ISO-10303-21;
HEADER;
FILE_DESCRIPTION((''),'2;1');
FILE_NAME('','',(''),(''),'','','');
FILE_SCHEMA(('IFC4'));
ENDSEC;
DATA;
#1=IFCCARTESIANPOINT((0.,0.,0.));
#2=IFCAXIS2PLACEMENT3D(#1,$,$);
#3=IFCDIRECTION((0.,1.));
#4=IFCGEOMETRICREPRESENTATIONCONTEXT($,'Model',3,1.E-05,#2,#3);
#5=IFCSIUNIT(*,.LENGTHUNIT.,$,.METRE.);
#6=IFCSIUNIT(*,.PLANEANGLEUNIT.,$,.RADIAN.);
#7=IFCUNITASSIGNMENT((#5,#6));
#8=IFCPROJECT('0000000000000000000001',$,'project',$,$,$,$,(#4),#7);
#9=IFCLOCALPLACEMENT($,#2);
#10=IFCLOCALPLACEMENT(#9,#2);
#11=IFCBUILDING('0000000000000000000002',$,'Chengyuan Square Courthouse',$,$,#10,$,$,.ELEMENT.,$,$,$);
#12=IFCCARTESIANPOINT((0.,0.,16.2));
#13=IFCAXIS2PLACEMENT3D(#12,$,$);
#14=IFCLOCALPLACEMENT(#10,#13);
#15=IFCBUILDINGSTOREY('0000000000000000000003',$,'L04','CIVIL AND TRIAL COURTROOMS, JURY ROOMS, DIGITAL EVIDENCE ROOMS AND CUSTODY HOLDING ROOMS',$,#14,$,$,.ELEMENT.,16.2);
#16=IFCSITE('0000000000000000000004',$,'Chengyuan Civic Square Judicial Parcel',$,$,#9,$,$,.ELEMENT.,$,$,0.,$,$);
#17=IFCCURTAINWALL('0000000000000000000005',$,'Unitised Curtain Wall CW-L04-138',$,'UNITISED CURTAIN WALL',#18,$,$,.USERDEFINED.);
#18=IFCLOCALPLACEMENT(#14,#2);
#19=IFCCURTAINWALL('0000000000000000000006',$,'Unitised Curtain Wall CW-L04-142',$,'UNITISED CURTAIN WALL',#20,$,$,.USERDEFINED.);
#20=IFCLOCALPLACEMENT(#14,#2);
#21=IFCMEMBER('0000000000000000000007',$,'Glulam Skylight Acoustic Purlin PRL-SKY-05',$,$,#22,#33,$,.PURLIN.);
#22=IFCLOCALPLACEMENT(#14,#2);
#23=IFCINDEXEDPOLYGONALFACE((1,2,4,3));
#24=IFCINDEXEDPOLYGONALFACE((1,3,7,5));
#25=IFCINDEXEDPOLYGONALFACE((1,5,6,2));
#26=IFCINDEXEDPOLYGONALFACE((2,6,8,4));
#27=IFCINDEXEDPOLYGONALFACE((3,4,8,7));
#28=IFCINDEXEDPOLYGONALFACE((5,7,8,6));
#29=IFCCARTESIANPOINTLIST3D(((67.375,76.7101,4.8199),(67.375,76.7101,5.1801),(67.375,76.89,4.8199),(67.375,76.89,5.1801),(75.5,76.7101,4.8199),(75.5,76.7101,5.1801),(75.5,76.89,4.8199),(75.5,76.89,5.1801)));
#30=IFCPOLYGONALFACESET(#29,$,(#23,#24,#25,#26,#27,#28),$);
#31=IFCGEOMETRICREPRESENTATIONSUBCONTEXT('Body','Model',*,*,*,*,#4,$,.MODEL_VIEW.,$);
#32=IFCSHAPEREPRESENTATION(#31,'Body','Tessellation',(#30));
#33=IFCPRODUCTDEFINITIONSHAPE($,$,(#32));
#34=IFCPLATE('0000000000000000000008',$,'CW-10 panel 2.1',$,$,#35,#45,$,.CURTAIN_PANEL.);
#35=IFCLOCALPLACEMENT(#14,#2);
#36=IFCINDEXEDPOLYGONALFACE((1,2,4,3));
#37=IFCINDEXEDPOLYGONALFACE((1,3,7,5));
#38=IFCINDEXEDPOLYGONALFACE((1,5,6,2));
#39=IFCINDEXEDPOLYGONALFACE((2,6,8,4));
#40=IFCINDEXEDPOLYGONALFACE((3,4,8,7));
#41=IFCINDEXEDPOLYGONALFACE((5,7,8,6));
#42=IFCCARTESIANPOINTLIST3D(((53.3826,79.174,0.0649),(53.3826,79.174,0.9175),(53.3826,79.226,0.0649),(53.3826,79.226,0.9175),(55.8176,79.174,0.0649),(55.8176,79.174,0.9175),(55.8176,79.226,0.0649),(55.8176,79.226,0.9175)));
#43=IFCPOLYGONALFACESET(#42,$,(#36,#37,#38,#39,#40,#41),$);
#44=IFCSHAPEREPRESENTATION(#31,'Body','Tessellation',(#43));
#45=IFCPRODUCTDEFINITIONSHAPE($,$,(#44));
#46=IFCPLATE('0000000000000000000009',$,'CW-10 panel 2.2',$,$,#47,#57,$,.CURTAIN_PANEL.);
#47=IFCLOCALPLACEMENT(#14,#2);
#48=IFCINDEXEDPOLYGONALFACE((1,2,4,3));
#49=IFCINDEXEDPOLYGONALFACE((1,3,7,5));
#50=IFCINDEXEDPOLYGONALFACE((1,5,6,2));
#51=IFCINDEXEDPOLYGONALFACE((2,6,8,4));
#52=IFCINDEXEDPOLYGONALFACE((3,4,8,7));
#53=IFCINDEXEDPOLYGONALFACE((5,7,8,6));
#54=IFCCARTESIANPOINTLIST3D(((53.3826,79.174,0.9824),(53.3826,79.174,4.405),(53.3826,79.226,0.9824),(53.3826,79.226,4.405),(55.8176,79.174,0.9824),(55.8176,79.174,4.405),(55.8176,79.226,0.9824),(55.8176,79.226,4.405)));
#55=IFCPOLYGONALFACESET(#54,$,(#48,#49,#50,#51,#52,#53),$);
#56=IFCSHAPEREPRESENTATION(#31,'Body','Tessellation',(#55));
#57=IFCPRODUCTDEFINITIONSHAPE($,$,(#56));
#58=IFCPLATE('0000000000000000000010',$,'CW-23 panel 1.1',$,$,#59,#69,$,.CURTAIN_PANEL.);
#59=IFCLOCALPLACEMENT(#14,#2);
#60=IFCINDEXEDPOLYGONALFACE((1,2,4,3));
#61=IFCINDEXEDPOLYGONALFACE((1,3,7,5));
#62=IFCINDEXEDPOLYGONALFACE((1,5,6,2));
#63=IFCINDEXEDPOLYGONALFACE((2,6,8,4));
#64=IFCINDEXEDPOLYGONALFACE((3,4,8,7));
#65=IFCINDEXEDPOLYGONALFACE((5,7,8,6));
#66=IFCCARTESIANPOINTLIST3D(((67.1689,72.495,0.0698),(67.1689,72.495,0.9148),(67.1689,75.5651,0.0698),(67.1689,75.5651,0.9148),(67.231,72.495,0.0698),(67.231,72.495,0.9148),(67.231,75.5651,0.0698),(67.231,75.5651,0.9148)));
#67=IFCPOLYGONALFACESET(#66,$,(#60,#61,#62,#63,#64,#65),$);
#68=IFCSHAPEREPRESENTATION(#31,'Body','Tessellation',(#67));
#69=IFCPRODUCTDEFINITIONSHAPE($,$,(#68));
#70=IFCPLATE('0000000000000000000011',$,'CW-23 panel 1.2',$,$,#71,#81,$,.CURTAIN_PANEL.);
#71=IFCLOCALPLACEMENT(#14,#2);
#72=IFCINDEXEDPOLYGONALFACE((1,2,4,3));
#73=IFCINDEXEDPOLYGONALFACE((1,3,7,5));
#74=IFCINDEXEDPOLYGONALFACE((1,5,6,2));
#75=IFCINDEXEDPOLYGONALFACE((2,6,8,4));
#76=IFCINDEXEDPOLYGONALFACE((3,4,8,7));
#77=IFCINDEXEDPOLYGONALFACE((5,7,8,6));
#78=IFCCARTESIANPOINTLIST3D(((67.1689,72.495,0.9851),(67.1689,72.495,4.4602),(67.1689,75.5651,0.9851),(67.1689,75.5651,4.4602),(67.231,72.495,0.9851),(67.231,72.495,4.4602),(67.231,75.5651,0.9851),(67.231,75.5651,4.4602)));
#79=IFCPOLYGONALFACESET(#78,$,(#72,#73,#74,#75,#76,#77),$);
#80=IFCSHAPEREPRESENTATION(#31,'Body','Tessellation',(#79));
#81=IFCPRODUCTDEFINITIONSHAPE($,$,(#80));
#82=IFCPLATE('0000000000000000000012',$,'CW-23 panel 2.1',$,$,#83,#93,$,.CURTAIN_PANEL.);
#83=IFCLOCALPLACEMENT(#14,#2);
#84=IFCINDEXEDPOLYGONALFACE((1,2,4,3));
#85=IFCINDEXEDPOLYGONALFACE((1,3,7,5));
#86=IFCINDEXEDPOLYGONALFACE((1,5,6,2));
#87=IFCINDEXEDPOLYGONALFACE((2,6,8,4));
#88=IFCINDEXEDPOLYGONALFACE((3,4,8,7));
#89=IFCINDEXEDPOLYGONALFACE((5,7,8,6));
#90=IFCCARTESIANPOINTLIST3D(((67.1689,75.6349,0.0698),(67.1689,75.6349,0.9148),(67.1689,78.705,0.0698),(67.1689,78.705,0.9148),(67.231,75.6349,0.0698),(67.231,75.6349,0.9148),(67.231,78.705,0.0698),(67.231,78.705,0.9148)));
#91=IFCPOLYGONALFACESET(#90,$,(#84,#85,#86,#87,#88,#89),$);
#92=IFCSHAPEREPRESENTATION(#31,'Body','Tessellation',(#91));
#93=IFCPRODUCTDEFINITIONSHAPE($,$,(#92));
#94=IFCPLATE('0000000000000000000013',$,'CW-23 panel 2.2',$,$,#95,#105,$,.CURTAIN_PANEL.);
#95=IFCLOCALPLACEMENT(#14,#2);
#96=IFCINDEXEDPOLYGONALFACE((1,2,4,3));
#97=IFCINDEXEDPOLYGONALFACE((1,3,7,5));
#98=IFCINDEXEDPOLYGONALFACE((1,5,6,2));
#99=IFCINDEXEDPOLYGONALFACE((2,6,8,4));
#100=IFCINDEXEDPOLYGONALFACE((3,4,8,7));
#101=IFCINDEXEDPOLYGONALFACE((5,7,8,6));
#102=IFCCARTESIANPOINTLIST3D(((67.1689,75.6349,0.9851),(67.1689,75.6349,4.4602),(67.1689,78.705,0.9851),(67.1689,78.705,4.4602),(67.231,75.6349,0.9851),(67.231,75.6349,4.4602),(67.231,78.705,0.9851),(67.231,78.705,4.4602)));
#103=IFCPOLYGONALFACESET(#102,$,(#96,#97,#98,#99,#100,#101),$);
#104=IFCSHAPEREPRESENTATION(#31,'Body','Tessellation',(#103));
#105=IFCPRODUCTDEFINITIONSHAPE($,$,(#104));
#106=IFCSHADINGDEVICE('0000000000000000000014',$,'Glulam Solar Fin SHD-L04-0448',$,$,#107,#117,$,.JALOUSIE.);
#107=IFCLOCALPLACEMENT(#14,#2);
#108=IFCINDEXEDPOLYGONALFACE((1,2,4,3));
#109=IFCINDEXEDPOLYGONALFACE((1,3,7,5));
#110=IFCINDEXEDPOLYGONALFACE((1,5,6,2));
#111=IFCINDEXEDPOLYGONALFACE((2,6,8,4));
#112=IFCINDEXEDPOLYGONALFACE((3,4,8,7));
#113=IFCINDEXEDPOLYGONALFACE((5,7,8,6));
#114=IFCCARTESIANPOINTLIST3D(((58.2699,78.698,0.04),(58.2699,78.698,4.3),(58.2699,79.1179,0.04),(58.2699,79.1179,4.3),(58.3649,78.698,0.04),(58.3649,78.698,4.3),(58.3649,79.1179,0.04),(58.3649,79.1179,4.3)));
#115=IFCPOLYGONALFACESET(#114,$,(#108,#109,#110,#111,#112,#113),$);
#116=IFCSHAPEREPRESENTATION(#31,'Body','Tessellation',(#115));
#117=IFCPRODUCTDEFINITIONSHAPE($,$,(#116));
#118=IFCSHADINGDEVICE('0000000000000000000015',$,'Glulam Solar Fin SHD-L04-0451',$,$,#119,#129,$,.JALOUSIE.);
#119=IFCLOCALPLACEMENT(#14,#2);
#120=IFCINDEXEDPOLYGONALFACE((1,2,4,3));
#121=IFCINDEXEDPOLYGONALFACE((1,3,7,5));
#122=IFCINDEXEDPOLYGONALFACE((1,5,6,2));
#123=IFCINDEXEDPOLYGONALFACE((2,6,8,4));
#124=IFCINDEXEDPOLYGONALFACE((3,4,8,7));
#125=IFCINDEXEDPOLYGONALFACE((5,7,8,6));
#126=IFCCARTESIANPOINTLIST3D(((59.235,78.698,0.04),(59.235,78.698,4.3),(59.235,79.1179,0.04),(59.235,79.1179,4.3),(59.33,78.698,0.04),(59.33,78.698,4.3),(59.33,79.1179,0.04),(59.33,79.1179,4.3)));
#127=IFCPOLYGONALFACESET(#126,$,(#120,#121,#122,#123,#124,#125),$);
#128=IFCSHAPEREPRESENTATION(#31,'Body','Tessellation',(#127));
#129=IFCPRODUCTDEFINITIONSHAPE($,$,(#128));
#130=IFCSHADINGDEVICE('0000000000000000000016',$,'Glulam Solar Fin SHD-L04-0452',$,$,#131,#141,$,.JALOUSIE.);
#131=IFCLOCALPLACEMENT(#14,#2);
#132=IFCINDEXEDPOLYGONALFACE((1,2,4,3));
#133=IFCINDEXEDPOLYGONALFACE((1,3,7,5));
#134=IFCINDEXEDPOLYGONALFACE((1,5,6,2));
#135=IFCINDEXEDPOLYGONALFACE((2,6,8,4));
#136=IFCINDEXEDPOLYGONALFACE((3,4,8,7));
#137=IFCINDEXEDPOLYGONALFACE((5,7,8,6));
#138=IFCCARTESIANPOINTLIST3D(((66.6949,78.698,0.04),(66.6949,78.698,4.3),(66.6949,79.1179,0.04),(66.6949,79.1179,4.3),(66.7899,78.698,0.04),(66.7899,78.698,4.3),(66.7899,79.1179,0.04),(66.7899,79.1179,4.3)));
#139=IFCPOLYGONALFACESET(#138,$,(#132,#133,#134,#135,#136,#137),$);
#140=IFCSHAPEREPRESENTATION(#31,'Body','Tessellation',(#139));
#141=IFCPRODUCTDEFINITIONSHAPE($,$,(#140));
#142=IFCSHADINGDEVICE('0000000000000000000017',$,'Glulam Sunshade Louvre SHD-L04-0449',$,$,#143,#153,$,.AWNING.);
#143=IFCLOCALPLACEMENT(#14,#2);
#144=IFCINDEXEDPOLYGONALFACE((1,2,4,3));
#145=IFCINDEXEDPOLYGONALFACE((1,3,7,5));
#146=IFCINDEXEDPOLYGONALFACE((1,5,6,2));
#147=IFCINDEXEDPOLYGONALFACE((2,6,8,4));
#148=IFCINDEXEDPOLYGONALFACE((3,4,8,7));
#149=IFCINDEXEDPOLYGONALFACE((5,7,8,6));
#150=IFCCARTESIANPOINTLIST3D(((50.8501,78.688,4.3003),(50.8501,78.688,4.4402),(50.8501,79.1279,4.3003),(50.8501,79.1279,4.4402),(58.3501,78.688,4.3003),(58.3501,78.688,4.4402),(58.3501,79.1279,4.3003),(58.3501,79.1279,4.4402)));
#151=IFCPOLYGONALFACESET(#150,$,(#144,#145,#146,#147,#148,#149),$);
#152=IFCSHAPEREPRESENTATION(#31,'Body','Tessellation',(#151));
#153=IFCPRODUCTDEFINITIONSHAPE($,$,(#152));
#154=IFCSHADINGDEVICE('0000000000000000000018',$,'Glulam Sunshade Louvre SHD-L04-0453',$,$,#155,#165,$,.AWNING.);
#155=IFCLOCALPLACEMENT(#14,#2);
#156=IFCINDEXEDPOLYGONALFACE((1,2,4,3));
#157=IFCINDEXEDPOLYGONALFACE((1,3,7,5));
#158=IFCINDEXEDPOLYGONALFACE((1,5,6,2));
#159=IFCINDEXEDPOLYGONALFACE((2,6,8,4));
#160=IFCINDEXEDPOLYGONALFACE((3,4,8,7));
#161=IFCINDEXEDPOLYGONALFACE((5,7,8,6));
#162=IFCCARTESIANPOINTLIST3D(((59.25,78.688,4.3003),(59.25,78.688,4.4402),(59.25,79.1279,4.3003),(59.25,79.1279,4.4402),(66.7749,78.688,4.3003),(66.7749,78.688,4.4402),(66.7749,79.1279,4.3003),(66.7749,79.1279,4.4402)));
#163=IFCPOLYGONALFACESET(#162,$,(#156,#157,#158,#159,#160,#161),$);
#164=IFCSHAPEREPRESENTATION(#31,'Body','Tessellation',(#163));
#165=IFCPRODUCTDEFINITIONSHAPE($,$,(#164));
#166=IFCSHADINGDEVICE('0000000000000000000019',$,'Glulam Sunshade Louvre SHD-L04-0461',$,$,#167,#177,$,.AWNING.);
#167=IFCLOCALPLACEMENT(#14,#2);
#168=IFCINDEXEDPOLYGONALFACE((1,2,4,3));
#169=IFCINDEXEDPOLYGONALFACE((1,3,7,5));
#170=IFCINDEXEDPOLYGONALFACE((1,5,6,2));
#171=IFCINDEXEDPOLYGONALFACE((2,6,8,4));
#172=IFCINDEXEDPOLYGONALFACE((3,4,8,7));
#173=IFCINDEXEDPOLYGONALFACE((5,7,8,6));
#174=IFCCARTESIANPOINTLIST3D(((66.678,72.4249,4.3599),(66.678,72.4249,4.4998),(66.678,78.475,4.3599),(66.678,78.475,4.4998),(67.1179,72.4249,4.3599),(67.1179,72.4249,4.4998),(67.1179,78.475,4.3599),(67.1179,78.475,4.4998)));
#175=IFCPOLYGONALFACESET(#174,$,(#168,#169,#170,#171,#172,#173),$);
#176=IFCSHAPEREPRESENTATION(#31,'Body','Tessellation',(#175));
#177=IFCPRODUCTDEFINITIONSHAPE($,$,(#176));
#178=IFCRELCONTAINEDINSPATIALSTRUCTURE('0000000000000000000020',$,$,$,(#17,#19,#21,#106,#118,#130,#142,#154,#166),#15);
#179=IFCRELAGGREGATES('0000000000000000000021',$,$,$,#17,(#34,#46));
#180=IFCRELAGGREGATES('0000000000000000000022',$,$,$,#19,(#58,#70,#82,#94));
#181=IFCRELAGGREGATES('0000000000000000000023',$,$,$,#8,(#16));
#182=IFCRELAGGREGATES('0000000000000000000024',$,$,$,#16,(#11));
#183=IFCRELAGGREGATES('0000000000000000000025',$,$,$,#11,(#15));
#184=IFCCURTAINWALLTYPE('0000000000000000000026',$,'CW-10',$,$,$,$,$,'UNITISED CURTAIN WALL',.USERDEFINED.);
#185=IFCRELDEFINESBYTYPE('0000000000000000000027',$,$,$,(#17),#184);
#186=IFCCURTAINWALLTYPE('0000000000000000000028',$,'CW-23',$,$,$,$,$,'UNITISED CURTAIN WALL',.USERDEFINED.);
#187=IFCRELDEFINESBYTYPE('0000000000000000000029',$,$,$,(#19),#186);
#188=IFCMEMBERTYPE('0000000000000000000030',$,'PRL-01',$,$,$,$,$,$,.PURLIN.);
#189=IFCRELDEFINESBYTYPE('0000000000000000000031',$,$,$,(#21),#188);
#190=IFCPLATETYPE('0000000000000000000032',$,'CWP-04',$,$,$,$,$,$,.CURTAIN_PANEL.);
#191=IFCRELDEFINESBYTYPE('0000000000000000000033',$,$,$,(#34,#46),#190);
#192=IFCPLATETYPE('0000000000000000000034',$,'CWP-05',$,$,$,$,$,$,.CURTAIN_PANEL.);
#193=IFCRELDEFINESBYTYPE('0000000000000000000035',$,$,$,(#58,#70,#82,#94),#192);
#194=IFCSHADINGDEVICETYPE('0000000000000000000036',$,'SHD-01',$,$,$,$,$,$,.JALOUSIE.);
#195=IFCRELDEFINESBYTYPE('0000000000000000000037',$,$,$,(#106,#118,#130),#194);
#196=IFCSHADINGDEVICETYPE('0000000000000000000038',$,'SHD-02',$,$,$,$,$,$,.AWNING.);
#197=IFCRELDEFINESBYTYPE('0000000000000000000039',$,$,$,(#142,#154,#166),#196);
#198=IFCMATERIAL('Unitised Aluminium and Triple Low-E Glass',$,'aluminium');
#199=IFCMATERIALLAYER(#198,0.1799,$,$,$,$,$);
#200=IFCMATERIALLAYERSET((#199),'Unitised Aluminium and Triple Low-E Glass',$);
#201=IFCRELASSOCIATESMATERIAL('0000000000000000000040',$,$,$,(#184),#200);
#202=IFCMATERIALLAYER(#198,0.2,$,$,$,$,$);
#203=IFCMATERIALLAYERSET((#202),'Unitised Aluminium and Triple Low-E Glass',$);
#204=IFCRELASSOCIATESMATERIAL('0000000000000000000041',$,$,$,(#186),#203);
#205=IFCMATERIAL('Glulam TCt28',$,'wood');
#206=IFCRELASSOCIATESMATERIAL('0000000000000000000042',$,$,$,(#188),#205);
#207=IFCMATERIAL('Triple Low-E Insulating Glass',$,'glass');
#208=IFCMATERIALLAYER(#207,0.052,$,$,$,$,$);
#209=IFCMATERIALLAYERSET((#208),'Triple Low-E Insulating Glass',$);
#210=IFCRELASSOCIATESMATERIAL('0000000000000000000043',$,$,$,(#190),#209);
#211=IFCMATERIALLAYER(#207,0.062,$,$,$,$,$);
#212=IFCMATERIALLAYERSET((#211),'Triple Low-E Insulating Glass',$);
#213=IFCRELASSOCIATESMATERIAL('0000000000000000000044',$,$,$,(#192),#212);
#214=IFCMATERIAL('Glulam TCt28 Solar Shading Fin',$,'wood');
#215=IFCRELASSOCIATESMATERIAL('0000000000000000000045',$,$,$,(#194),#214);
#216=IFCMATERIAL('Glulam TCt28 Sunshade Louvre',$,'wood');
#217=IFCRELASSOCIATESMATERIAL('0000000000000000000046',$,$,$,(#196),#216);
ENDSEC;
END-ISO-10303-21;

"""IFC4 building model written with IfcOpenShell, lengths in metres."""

from ifc_helpers import new_model, si_unit, direction, frame, origin, origin_2d, place, context, subcontext, project, spatial, rectangle, extrude, material, layer, layer_set, material_profile, profile_set, type_object, element, aggregate, save


model = new_model("IFC4")

# Units and contexts
model_context = context("Model", 3, precision=1e-05, world=origin(), true_north=direction((0.0, 1.0)))
body_context = subcontext(model_context, "Body", "Model", "MODEL_VIEW")
ifc_project = project(units=[si_unit("LENGTHUNIT", "METRE"), si_unit("PLANEANGLEUNIT", "RADIAN")], contexts=[model_context])

# Site, building, storey
site_placement = place(None, origin())
site = spatial("IfcSite", under=ifc_project, at=site_placement, Name="Chengyuan Civic Square Judicial Parcel", CompositionType="ELEMENT", RefElevation=0.0)
building_placement = place(site_placement, origin())
building = spatial("IfcBuilding", under=site, at=building_placement, Name="Chengyuan Square Courthouse", CompositionType="ELEMENT")
storey_placement = place(building_placement, frame((0.0, 0.0, 16.2)))
storey = spatial("IfcBuildingStorey", under=building, at=storey_placement, Name="L04", Description="CIVIL AND TRIAL COURTROOMS, JURY ROOMS, DIGITAL EVIDENCE ROOMS AND CUSTODY HOLDING ROOMS", CompositionType="ELEMENT", Elevation=16.2)

# Curtain wall
ifc_material_1 = material(Name="Unitised Aluminium and Triple Low-E Glass", Category="aluminium")
ifc_layer_1 = layer(ifc_material_1, 0.1799)
ifc_layer_set_1 = layer_set([ifc_layer_1], Name="Unitised Aluminium and Triple Low-E Glass")
curtain_wall_type_1 = type_object("IfcCurtainWallType", Name="CW-10", ElementType="UNITISED CURTAIN WALL", PredefinedType="USERDEFINED", material=ifc_layer_set_1)
curtain_wall_1_placement = place(storey_placement, origin())
curtain_wall_1 = element("IfcCurtainWall", 1, at=curtain_wall_1_placement, inside=storey, type_object=curtain_wall_type_1, Name="Unitised Curtain Wall CW-L04-138", ObjectType="UNITISED CURTAIN WALL", PredefinedType="USERDEFINED")

# Curtain wall
ifc_layer_2 = layer(ifc_material_1, 0.2)
ifc_layer_set_2 = layer_set([ifc_layer_2], Name="Unitised Aluminium and Triple Low-E Glass")
curtain_wall_type_2 = type_object("IfcCurtainWallType", Name="CW-23", ElementType="UNITISED CURTAIN WALL", PredefinedType="USERDEFINED", material=ifc_layer_set_2)
curtain_wall_2_placement = place(storey_placement, origin())
curtain_wall_2 = element("IfcCurtainWall", 2, at=curtain_wall_2_placement, inside=storey, type_object=curtain_wall_type_2, Name="Unitised Curtain Wall CW-L04-142", ObjectType="UNITISED CURTAIN WALL", PredefinedType="USERDEFINED")

# Member
ifc_material_2 = material(Name="Glulam TCt28", Category="wood")
ifc_material_profile_1 = material_profile(ifc_material_2, rectangle(XDim=0.1799, YDim=0.3601, at=origin_2d()), Name="GL-PRL-180x360")
ifc_profile_set_1 = profile_set([ifc_material_profile_1], Name="Glulam TCt28")
member_type_1 = type_object("IfcMemberType", Name="PRL-01", PredefinedType="PURLIN", material=ifc_profile_set_1)
for number, where, z_axis, x_axis, name in (
    (3, (67.375, 76.8, 5.0), (1.0, 0.0, 0.0), (0.0, 1.0, 0.0), "Glulam Skylight Acoustic Purlin PRL-SKY-05"),
):
    element("IfcMember", number, at=place(storey_placement, frame(where, z_axis=z_axis, x_axis=x_axis)), inside=storey, type_object=member_type_1, Name=name, PredefinedType="PURLIN", context=body_context, shape_type="SweptSolid", body=[
        extrude(rectangle(XDim=0.1799, YDim=0.3601, at=origin_2d()), origin(), (0.0, 0.0, 1.0), 8.125),
    ])

# Plates
ifc_material_3 = material(Name="Triple Low-E Insulating Glass", Category="glass")
ifc_layer_3 = layer(ifc_material_3, 0.052)
ifc_layer_set_3 = layer_set([ifc_layer_3], Name="Triple Low-E Insulating Glass")
plate_type_1 = type_object("IfcPlateType", Name="CWP-04", PredefinedType="CURTAIN_PANEL", material=ifc_layer_set_3)
plate_1_placement = place(storey_placement, frame((54.6001, 79.2, 0.0649), z_axis=(0.0, 0.0, 1.0), x_axis=(1.0, 0.0, 0.0)))
plate_1 = element("IfcPlate", 4, at=plate_1_placement, type_object=plate_type_1, Name="CW-10 panel 2.1", PredefinedType="CURTAIN_PANEL", context=body_context, shape_type="SweptSolid", body=[
    extrude(rectangle(XDim=2.4351, YDim=0.052, at=origin_2d()), origin(), (0.0, 0.0, 1.0), 0.8525),
])
plate_2_placement = place(storey_placement, frame((54.6001, 79.2, 0.9824), z_axis=(0.0, 0.0, 1.0), x_axis=(1.0, 0.0, 0.0)))
plate_2 = element("IfcPlate", 5, at=plate_2_placement, type_object=plate_type_1, Name="CW-10 panel 2.2", PredefinedType="CURTAIN_PANEL", context=body_context, shape_type="SweptSolid", body=[
    extrude(rectangle(XDim=2.4351, YDim=0.052, at=origin_2d()), origin(), (0.0, 0.0, 1.0), 3.4226),
])
aggregate(curtain_wall_1, [plate_1, plate_2])
ifc_layer_4 = layer(ifc_material_3, 0.062)
ifc_layer_set_4 = layer_set([ifc_layer_4], Name="Triple Low-E Insulating Glass")
plate_type_2 = type_object("IfcPlateType", Name="CWP-05", PredefinedType="CURTAIN_PANEL", material=ifc_layer_set_4)
plate_3_placement = place(storey_placement, frame((67.2, 74.03, 0.0698), z_axis=(0.0, 0.0, 1.0), x_axis=(0.0, 1.0, 0.0)))
plate_3 = element("IfcPlate", 6, at=plate_3_placement, type_object=plate_type_2, Name="CW-23 panel 1.1", PredefinedType="CURTAIN_PANEL", context=body_context, shape_type="SweptSolid", body=[
    extrude(rectangle(XDim=3.0701, YDim=0.062, at=origin_2d()), origin(), (0.0, 0.0, 1.0), 0.845),
])
plate_4_placement = place(storey_placement, frame((67.2, 74.03, 0.9851), z_axis=(0.0, 0.0, 1.0), x_axis=(0.0, 1.0, 0.0)))
plate_4 = element("IfcPlate", 7, at=plate_4_placement, type_object=plate_type_2, Name="CW-23 panel 1.2", PredefinedType="CURTAIN_PANEL", context=body_context, shape_type="SweptSolid", body=[
    extrude(rectangle(XDim=3.0701, YDim=0.062, at=origin_2d()), origin(), (0.0, 0.0, 1.0), 3.4751),
])
plate_5_placement = place(storey_placement, frame((67.2, 77.1699, 0.0698), z_axis=(0.0, 0.0, 1.0), x_axis=(0.0, 1.0, 0.0)))
plate_5 = element("IfcPlate", 8, at=plate_5_placement, type_object=plate_type_2, Name="CW-23 panel 2.1", PredefinedType="CURTAIN_PANEL", context=body_context, shape_type="SweptSolid", body=[
    extrude(rectangle(XDim=3.0701, YDim=0.062, at=origin_2d()), origin(), (0.0, 0.0, 1.0), 0.845),
])
plate_6_placement = place(storey_placement, frame((67.2, 77.1699, 0.9851), z_axis=(0.0, 0.0, 1.0), x_axis=(0.0, 1.0, 0.0)))
plate_6 = element("IfcPlate", 9, at=plate_6_placement, type_object=plate_type_2, Name="CW-23 panel 2.2", PredefinedType="CURTAIN_PANEL", context=body_context, shape_type="SweptSolid", body=[
    extrude(rectangle(XDim=3.0701, YDim=0.062, at=origin_2d()), origin(), (0.0, 0.0, 1.0), 3.4751),
])
aggregate(curtain_wall_2, [plate_3, plate_4, plate_5, plate_6])

# Shading devices
ifc_material_4 = material(Name="Glulam TCt28 Solar Shading Fin", Category="wood")
shading_device_type_1 = type_object("IfcShadingDeviceType", Name="SHD-01", PredefinedType="JALOUSIE", material=ifc_material_4)
for number, where, z_axis, x_axis, name in (
    (10, (58.3174, 78.908, 0.04), (0.0, 0.0, 1.0), (0.0, 1.0, 0.0), "Glulam Solar Fin SHD-L04-0448"),
    (11, (59.2825, 78.908, 0.04), (0.0, 0.0, 1.0), (0.0, 1.0, 0.0), "Glulam Solar Fin SHD-L04-0451"),
    (12, (66.7424, 78.908, 0.04), (0.0, 0.0, 1.0), (0.0, 1.0, 0.0), "Glulam Solar Fin SHD-L04-0452"),
):
    element("IfcShadingDevice", number, at=place(storey_placement, frame(where, z_axis=z_axis, x_axis=x_axis)), inside=storey, type_object=shading_device_type_1, Name=name, PredefinedType="JALOUSIE", context=body_context, shape_type="SweptSolid", body=[
        extrude(rectangle(XDim=0.4199, YDim=0.095, at=origin_2d()), origin(), (0.0, 0.0, 1.0), 4.26),
    ])
ifc_material_5 = material(Name="Glulam TCt28 Sunshade Louvre", Category="wood")
shading_device_type_2 = type_object("IfcShadingDeviceType", Name="SHD-02", PredefinedType="AWNING", material=ifc_material_5)
shading_device_1_placement = place(storey_placement, frame((54.6001, 78.908, 4.3003), z_axis=(0.0, 0.0, 1.0), x_axis=(1.0, 0.0, 0.0)))
element("IfcShadingDevice", 13, at=shading_device_1_placement, inside=storey, type_object=shading_device_type_2, Name="Glulam Sunshade Louvre SHD-L04-0449", PredefinedType="AWNING", context=body_context, shape_type="SweptSolid", body=[
    extrude(rectangle(XDim=7.5, YDim=0.4399, at=origin_2d()), origin(), (0.0, 0.0, 1.0), 0.1399),
])
shading_device_2_placement = place(storey_placement, frame((63.0125, 78.908, 4.3003), z_axis=(0.0, 0.0, 1.0), x_axis=(1.0, 0.0, 0.0)))
element("IfcShadingDevice", 14, at=shading_device_2_placement, inside=storey, type_object=shading_device_type_2, Name="Glulam Sunshade Louvre SHD-L04-0453", PredefinedType="AWNING", context=body_context, shape_type="SweptSolid", body=[
    extrude(rectangle(XDim=7.5249, YDim=0.4399, at=origin_2d()), origin(), (0.0, 0.0, 1.0), 0.1399),
])
shading_device_3_placement = place(storey_placement, frame((66.8979, 75.45, 4.3599), z_axis=(0.0, 0.0, 1.0), x_axis=(0.0, 1.0, 0.0)))
element("IfcShadingDevice", 15, at=shading_device_3_placement, inside=storey, type_object=shading_device_type_2, Name="Glulam Sunshade Louvre SHD-L04-0461", PredefinedType="AWNING", context=body_context, shape_type="SweptSolid", body=[
    extrude(rectangle(XDim=6.05, YDim=0.4399, at=origin_2d()), origin(), (0.0, 0.0, 1.0), 0.1399),
])

save(model, "model.ifc")
